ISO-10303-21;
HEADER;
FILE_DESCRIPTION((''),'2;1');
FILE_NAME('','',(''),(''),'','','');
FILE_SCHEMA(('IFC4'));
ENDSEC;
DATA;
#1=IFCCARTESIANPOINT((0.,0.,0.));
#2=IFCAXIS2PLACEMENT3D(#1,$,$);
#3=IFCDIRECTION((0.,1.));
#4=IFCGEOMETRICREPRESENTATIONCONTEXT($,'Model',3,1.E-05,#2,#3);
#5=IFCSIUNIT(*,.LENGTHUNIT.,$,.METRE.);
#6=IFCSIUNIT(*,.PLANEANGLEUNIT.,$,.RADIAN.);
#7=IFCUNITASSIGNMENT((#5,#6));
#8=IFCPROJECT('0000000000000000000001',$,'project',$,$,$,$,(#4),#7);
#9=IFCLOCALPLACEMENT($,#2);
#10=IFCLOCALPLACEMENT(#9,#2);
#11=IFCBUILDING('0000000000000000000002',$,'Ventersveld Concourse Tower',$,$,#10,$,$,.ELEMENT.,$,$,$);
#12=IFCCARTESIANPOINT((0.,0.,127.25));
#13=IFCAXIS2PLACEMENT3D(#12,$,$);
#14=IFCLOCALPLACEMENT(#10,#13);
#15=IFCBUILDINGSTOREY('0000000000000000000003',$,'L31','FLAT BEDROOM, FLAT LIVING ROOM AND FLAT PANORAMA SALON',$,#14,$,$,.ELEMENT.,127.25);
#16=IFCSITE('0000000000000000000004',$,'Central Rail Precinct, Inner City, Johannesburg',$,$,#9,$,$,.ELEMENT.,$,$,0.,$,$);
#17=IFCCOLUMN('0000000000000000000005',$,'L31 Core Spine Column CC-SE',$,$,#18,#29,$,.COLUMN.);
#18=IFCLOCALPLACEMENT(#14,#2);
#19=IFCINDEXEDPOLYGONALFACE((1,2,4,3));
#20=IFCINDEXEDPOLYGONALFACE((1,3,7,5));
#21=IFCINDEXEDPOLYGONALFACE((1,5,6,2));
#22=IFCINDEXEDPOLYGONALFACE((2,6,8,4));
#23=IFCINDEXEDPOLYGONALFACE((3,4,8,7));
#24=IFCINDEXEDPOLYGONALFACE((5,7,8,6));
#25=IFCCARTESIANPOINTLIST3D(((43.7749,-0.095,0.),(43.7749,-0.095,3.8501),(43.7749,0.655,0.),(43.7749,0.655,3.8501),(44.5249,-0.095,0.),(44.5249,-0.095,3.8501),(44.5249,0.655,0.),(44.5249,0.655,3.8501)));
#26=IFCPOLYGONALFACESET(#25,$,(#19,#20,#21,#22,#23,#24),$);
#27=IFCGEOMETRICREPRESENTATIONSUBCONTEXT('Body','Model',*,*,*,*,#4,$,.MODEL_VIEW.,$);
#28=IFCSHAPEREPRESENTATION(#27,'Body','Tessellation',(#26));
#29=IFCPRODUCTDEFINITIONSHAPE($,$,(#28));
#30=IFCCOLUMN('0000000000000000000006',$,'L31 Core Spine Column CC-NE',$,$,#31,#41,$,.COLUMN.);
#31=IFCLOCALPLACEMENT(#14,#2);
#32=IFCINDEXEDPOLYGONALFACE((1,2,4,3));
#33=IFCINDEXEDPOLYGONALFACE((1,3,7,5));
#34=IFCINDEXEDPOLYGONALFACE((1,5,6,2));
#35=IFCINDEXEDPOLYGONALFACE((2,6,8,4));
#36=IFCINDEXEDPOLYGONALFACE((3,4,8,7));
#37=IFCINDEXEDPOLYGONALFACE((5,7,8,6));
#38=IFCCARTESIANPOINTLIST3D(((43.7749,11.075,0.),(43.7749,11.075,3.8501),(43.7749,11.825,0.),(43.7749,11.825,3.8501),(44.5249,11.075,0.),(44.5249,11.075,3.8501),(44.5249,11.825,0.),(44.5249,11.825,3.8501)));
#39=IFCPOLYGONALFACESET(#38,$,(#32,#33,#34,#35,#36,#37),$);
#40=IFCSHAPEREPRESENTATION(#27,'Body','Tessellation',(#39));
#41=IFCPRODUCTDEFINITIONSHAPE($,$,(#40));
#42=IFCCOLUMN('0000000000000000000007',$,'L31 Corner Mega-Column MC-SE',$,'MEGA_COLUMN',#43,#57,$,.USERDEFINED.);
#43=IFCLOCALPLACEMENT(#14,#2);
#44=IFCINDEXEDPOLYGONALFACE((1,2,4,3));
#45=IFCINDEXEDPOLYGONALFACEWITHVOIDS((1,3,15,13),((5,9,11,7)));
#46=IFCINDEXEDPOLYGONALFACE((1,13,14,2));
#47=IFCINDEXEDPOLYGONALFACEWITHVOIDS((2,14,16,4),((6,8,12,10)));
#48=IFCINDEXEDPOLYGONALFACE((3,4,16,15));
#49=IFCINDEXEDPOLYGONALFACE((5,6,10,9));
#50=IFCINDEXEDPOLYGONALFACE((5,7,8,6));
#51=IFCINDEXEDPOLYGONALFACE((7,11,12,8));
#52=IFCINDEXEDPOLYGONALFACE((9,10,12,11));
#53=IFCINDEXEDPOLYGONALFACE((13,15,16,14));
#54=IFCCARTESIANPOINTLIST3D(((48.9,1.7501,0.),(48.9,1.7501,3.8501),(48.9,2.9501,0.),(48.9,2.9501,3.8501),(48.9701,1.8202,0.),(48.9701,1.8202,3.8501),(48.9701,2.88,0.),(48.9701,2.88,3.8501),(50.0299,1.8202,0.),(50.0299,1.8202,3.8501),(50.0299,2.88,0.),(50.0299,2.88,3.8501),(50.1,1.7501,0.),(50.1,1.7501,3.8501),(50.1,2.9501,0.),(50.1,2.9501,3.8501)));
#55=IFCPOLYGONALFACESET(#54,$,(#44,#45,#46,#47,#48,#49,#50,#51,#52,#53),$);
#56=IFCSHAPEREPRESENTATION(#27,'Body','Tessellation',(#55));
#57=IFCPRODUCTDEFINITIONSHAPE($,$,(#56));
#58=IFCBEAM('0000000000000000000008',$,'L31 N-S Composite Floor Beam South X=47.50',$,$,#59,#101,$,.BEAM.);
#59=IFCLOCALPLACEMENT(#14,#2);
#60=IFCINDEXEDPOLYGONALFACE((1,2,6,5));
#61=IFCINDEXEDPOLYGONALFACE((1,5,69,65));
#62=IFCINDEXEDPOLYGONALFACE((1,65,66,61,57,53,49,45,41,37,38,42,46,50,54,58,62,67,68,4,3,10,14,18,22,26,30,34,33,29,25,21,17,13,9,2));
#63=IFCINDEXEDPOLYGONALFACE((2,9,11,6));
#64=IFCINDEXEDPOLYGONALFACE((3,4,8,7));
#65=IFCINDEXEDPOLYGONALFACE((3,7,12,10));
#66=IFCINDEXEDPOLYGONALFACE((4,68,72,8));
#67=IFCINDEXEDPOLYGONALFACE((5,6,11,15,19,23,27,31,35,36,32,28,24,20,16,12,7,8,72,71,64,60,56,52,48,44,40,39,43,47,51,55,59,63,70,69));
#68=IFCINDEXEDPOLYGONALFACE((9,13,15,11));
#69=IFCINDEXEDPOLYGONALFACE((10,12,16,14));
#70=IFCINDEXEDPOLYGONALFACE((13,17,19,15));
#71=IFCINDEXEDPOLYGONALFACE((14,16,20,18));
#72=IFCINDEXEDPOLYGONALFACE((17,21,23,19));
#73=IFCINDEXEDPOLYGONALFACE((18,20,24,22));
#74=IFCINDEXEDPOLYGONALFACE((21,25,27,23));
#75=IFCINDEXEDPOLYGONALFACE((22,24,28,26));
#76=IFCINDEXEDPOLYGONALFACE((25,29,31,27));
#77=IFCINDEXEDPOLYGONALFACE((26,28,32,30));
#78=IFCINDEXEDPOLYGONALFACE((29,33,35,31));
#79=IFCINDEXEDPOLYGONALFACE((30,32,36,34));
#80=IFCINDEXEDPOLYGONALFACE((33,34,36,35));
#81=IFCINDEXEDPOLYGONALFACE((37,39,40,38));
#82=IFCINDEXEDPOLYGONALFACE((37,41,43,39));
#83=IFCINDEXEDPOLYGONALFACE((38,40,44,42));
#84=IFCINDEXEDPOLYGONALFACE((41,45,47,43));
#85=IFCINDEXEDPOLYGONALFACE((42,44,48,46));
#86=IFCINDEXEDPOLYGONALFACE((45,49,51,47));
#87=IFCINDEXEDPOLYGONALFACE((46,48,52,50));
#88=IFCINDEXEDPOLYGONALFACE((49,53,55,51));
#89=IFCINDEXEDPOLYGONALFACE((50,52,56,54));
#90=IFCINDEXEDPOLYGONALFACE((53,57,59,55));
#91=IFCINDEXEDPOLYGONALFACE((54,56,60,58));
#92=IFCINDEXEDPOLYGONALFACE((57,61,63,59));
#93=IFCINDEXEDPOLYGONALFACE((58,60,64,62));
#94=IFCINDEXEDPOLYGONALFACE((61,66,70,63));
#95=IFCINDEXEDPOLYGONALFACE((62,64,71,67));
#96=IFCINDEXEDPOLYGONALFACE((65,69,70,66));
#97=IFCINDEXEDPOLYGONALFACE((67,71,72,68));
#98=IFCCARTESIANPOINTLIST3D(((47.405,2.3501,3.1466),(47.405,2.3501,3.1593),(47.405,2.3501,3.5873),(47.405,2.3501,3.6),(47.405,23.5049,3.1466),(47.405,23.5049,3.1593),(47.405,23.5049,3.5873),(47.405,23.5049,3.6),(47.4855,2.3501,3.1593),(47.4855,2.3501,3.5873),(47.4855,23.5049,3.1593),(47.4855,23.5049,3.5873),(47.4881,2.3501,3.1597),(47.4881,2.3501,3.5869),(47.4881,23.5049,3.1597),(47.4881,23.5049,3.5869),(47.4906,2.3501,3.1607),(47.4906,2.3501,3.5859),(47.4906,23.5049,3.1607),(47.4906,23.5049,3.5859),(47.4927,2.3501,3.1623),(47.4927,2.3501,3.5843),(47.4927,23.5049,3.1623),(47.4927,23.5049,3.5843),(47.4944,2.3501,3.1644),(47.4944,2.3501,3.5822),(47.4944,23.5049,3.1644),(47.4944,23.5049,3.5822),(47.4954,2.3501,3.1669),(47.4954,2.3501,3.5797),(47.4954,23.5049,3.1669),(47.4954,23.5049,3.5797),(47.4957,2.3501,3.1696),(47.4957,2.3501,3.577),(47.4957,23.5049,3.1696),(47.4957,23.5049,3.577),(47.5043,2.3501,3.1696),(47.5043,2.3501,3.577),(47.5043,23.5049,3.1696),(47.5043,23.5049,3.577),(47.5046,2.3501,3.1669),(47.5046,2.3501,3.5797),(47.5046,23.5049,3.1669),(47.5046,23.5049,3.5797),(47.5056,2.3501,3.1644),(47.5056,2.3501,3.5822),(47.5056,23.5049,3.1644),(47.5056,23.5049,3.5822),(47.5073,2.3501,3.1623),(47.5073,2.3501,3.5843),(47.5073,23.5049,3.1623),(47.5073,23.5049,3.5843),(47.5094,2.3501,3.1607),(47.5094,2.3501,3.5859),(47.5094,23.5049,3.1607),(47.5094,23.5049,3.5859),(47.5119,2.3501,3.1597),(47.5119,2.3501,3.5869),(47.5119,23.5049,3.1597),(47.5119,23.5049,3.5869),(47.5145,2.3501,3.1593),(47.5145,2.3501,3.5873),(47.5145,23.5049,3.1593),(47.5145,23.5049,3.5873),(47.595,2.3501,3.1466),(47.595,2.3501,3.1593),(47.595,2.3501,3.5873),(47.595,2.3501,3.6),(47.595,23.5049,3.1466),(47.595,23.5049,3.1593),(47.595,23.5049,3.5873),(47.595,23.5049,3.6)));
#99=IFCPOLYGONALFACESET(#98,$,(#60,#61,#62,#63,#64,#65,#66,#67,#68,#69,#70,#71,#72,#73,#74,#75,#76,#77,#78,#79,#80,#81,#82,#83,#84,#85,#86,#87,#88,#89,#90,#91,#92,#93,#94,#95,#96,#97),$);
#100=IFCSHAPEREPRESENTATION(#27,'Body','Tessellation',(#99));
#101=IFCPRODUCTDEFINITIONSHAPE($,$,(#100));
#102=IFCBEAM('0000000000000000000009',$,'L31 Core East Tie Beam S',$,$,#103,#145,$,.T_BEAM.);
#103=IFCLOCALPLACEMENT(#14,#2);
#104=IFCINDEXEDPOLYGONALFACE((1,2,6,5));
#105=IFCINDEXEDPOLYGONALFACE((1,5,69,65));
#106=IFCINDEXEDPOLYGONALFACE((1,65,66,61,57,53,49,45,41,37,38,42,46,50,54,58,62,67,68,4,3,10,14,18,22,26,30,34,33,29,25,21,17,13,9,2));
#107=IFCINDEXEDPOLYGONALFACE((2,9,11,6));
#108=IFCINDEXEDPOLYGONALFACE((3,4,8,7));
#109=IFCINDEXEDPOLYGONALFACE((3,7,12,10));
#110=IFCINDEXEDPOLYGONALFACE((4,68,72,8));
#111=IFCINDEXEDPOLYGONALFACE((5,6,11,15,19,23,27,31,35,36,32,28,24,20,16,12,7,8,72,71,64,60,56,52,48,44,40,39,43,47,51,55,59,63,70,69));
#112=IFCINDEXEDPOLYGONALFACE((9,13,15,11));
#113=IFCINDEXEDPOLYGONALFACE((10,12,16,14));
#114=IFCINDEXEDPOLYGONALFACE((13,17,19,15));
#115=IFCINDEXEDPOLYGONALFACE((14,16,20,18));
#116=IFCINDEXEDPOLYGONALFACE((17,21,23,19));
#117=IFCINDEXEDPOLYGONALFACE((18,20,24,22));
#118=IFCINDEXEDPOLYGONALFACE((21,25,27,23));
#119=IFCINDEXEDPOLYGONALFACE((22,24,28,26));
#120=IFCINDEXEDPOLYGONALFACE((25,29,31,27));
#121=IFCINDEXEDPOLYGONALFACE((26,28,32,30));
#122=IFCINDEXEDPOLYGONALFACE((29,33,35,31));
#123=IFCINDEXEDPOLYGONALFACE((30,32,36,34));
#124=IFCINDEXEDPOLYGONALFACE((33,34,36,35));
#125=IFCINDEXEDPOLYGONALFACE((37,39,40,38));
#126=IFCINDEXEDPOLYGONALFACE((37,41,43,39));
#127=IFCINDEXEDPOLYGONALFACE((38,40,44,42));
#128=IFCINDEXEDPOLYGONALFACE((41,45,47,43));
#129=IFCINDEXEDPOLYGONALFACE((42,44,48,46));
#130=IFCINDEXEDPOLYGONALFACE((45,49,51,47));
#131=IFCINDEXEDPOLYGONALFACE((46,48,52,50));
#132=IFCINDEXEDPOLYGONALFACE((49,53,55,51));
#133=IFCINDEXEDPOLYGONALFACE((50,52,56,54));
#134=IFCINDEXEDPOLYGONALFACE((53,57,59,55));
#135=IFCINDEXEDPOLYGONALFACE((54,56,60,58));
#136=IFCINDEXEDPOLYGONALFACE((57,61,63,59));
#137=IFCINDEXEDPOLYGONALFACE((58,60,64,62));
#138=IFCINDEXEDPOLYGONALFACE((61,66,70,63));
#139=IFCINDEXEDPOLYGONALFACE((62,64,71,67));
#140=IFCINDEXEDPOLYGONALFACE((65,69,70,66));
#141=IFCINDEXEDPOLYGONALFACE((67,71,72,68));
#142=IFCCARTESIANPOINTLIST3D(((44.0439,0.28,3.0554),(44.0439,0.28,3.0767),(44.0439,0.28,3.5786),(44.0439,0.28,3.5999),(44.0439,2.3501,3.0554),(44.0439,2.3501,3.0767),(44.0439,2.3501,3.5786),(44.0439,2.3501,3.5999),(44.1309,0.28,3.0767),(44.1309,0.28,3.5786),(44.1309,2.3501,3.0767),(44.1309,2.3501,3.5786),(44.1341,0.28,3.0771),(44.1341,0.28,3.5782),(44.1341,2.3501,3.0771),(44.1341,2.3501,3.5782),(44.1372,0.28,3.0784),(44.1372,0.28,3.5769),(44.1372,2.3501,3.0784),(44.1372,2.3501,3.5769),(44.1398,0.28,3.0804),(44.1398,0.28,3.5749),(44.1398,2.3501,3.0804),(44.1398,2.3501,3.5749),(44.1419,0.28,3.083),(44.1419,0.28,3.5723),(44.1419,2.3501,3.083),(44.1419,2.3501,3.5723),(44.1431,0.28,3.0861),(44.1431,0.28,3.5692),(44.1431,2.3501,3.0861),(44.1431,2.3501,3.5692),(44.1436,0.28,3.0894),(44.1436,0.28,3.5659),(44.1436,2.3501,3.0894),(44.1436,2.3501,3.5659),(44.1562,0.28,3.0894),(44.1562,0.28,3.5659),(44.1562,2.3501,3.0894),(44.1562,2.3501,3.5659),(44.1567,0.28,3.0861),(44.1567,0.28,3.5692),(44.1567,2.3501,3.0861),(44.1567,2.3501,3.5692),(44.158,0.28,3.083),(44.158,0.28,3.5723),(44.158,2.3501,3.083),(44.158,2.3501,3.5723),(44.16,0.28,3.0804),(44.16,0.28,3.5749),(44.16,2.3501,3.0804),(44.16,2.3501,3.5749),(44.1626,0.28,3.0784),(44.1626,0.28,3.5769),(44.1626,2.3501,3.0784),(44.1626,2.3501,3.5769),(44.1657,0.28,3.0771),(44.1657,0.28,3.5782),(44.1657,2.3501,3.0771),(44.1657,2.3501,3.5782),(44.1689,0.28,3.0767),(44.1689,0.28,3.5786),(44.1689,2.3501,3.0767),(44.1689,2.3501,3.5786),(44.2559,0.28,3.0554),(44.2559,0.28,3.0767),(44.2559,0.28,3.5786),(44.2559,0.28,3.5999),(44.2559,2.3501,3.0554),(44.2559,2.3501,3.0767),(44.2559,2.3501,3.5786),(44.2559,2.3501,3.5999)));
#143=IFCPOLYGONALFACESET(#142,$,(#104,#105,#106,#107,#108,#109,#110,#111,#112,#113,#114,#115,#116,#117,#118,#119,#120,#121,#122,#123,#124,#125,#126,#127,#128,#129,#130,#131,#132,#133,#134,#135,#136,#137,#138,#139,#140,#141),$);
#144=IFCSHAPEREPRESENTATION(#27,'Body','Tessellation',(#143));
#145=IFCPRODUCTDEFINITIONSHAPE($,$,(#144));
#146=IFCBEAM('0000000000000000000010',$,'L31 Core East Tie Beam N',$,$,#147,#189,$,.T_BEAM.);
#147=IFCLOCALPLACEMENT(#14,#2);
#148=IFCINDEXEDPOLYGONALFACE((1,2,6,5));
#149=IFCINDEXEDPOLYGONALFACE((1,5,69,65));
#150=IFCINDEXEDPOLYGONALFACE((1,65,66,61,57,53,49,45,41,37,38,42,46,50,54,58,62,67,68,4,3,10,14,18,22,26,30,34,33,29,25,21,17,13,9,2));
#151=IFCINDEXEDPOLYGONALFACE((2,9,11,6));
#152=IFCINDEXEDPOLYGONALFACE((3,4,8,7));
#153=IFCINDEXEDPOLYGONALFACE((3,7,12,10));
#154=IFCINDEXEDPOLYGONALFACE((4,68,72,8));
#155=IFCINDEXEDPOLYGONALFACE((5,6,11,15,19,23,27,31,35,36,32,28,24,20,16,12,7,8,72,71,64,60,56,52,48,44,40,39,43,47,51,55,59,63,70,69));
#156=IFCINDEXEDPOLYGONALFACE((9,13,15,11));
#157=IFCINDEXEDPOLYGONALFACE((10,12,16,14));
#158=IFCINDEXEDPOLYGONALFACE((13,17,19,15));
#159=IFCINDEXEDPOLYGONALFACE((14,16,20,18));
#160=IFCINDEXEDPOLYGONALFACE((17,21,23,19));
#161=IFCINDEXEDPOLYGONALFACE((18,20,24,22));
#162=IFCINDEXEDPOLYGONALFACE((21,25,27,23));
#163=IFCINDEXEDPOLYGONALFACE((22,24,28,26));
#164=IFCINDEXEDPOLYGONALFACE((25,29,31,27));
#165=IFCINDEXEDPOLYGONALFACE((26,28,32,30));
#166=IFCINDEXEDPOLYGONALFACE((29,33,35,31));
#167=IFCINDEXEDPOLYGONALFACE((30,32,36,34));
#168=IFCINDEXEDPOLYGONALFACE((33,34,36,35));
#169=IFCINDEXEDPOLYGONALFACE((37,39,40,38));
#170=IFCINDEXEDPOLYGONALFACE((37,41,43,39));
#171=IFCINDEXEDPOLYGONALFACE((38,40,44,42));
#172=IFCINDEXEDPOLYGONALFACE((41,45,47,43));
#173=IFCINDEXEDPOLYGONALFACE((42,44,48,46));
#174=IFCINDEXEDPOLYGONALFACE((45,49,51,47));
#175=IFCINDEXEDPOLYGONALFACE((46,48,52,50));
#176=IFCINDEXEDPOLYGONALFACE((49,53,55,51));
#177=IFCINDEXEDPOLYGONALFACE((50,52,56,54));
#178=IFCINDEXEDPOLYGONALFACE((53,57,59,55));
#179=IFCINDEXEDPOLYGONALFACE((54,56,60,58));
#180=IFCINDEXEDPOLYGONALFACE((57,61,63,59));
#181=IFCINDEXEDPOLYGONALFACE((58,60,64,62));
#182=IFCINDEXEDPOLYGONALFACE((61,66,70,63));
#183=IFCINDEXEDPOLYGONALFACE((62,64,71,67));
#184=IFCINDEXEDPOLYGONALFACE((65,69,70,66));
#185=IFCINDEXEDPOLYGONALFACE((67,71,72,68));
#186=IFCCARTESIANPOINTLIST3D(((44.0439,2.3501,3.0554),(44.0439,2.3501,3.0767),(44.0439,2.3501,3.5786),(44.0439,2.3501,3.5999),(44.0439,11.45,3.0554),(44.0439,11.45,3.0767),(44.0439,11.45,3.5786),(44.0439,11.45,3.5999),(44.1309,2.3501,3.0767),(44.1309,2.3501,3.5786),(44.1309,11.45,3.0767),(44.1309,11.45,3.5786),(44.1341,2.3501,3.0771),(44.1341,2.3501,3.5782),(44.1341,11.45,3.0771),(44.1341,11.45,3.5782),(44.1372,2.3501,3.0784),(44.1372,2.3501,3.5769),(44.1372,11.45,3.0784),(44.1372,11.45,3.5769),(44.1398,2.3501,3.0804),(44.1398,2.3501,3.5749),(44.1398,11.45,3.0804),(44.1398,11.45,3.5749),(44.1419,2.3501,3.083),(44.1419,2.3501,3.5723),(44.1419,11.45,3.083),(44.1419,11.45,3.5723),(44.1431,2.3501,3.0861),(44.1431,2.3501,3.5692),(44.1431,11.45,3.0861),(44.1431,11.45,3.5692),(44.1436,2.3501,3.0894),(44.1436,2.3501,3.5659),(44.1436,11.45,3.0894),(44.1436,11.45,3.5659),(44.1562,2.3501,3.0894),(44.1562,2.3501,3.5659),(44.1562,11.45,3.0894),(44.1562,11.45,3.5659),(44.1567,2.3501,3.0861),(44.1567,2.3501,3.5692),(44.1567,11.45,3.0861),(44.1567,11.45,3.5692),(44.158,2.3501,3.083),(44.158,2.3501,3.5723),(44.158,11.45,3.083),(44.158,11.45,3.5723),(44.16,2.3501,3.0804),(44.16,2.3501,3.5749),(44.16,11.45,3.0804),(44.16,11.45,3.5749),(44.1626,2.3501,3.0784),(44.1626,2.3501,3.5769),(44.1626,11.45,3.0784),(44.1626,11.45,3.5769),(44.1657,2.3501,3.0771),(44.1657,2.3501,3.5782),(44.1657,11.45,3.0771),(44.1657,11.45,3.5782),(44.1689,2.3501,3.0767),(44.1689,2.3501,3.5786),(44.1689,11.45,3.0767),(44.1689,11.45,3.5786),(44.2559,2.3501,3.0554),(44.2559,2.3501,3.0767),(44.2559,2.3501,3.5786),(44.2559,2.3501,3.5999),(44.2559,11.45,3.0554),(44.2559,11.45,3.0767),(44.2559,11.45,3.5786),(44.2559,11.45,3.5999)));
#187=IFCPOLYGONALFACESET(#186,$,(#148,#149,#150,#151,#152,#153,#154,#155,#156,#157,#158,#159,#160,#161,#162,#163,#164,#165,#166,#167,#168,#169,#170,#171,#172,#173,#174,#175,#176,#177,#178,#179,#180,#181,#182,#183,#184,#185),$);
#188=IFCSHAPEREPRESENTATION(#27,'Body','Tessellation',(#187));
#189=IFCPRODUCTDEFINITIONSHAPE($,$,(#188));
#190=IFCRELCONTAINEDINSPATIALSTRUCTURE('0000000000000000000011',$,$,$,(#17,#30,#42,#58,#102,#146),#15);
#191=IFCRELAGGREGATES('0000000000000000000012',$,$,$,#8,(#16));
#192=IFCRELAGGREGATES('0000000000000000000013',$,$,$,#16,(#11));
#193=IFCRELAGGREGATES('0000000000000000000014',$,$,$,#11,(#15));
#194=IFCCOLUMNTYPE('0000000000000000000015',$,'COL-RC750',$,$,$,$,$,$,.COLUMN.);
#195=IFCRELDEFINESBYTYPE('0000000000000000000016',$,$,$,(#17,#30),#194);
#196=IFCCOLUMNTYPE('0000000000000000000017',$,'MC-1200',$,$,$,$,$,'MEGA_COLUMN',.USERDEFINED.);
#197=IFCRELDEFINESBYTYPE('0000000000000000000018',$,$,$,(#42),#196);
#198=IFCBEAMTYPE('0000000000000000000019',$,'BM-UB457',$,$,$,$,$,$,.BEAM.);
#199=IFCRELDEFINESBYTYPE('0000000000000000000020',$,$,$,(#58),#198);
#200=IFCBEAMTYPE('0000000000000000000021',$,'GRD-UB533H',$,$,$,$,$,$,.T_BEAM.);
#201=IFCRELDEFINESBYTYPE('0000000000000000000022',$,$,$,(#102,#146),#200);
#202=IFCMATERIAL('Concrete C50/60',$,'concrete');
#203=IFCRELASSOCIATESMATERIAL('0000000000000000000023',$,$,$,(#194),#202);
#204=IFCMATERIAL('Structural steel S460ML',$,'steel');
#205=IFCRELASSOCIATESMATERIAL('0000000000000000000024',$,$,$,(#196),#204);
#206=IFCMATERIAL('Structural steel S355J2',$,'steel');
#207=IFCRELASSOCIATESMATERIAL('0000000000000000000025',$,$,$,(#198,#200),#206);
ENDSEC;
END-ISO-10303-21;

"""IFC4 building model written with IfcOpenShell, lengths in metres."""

from ifc_helpers import new_model, si_unit, direction, frame, origin, origin_2d, place, context, subcontext, project, spatial, rectangle, hollow_rectangle, i_section, extrude, material, material_profile, profile_set, type_object, element, save


model = new_model("IFC4")

# Units and contexts
model_context = context("Model", 3, precision=1e-05, world=origin(), true_north=direction((0.0, 1.0)))
body_context = subcontext(model_context, "Body", "Model", "MODEL_VIEW")
ifc_project = project(units=[si_unit("LENGTHUNIT", "METRE"), si_unit("PLANEANGLEUNIT", "RADIAN")], contexts=[model_context])

# Site, building, storey
site_placement = place(None, origin())
site = spatial("IfcSite", under=ifc_project, at=site_placement, Name="Central Rail Precinct, Inner City, Johannesburg", CompositionType="ELEMENT", RefElevation=0.0)
building_placement = place(site_placement, origin())
building = spatial("IfcBuilding", under=site, at=building_placement, Name="Ventersveld Concourse Tower", CompositionType="ELEMENT")
storey_placement = place(building_placement, frame((0.0, 0.0, 127.25)))
storey = spatial("IfcBuildingStorey", under=building, at=storey_placement, Name="L31", Description="FLAT BEDROOM, FLAT LIVING ROOM AND FLAT PANORAMA SALON", CompositionType="ELEMENT", Elevation=127.25)

# Columns
ifc_material_1 = material(Name="Concrete C50/60", Category="concrete")
ifc_material_profile_1 = material_profile(ifc_material_1, rectangle(XDim=0.75, YDim=0.75, at=origin_2d()), Name="RC 750x750")
ifc_profile_set_1 = profile_set([ifc_material_profile_1], Name="Concrete C50/60")
column_type_1 = type_object("IfcColumnType", Name="COL-RC750", PredefinedType="COLUMN", material=ifc_profile_set_1)
for number, where, z_axis, x_axis, name in (
    (1, (44.1499, 0.28, 0.0), (0.0, 0.0, 1.0), (1.0, 0.0, 0.0), "L31 Core Spine Column CC-SE"),
    (2, (44.1499, 11.45, 0.0), (0.0, 0.0, 1.0), (1.0, 0.0, 0.0), "L31 Core Spine Column CC-NE"),
):
    element("IfcColumn", number, at=place(storey_placement, frame(where, z_axis=z_axis, x_axis=x_axis)), inside=storey, type_object=column_type_1, Name=name, PredefinedType="COLUMN", context=body_context, shape_type="SweptSolid", body=[
        extrude(rectangle(XDim=0.75, YDim=0.75, at=origin_2d()), origin(), (0.0, 0.0, 1.0), 3.8501),
    ])
ifc_material_2 = material(Name="Structural steel S460ML", Category="steel")
ifc_material_profile_2 = material_profile(ifc_material_2, hollow_rectangle(XDim=1.2, YDim=1.2, WallThickness=0.0701, at=origin_2d()), Name="BOX 1200x1200x70")
ifc_profile_set_2 = profile_set([ifc_material_profile_2], Name="Structural steel S460ML")
column_type_2 = type_object("IfcColumnType", Name="MC-1200", ElementType="MEGA_COLUMN", PredefinedType="USERDEFINED", material=ifc_profile_set_2)
column_placement = place(storey_placement, frame((49.5, 2.3501, 0.0), z_axis=(0.0, 0.0, 1.0), x_axis=(1.0, 0.0, 0.0)))
element("IfcColumn", 3, at=column_placement, inside=storey, type_object=column_type_2, Name="L31 Corner Mega-Column MC-SE", ObjectType="MEGA_COLUMN", PredefinedType="USERDEFINED", context=body_context, shape_type="SweptSolid", body=[
    extrude(hollow_rectangle(XDim=1.2, YDim=1.2, WallThickness=0.0701, at=origin_2d()), origin(), (0.0, 0.0, 1.0), 3.8501),
])

# Beams
ifc_material_3 = material(Name="Structural steel S355J2", Category="steel")
ifc_material_profile_3 = material_profile(ifc_material_3, i_section(OverallWidth=0.1899, OverallDepth=0.4534, WebThickness=0.0085, FlangeThickness=0.0127, FilletRadius=0.0103, at=origin_2d()), Name="UB 457x191x67")
ifc_profile_set_3 = profile_set([ifc_material_profile_3], Name="Structural steel S355J2")
beam_type_1 = type_object("IfcBeamType", Name="BM-UB457", PredefinedType="BEAM", material=ifc_profile_set_3)
beam_1_placement = place(storey_placement, frame((47.5, 2.3501, 3.3733), z_axis=(0.0, 1.0, 0.0), x_axis=(-1.0, 0.0, 0.0)))
element("IfcBeam", 4, at=beam_1_placement, inside=storey, type_object=beam_type_1, Name="L31 N-S Composite Floor Beam South X=47.50", PredefinedType="BEAM", context=body_context, shape_type="SweptSolid", body=[
    extrude(i_section(OverallWidth=0.1899, OverallDepth=0.4534, WebThickness=0.0085, FlangeThickness=0.0127, FilletRadius=0.0103, at=origin_2d()), origin(), (0.0, 0.0, 1.0), 21.1548),
])
ifc_material_profile_4 = material_profile(ifc_material_3, i_section(OverallWidth=0.2119, OverallDepth=0.5444, WebThickness=0.0127, FlangeThickness=0.0212, FilletRadius=0.0127, at=origin_2d()), Name="UB 533x210x122")
ifc_profile_set_4 = profile_set([ifc_material_profile_4], Name="Structural steel S355J2")
beam_type_2 = type_object("IfcBeamType", Name="GRD-UB533H", PredefinedType="T_BEAM", material=ifc_profile_set_4)
beam_2_placement = place(storey_placement, frame((44.1499, 0.28, 3.3276), z_axis=(0.0, 1.0, 0.0), x_axis=(-1.0, 0.0, 0.0)))
element("IfcBeam", 5, at=beam_2_placement, inside=storey, type_object=beam_type_2, Name="L31 Core East Tie Beam S", PredefinedType="T_BEAM", context=body_context, shape_type="SweptSolid", body=[
    extrude(i_section(OverallWidth=0.2119, OverallDepth=0.5444, WebThickness=0.0127, FlangeThickness=0.0212, FilletRadius=0.0127, at=origin_2d()), origin(), (0.0, 0.0, 1.0), 2.0701),
])
beam_3_placement = place(storey_placement, frame((44.1499, 2.3501, 3.3276), z_axis=(0.0, 1.0, 0.0), x_axis=(-1.0, 0.0, 0.0)))
element("IfcBeam", 6, at=beam_3_placement, inside=storey, type_object=beam_type_2, Name="L31 Core East Tie Beam N", PredefinedType="T_BEAM", context=body_context, shape_type="SweptSolid", body=[
    extrude(i_section(OverallWidth=0.2119, OverallDepth=0.5444, WebThickness=0.0127, FlangeThickness=0.0212, FilletRadius=0.0127, at=origin_2d()), origin(), (0.0, 0.0, 1.0), 9.0999),
])

save(model, "model.ifc")
